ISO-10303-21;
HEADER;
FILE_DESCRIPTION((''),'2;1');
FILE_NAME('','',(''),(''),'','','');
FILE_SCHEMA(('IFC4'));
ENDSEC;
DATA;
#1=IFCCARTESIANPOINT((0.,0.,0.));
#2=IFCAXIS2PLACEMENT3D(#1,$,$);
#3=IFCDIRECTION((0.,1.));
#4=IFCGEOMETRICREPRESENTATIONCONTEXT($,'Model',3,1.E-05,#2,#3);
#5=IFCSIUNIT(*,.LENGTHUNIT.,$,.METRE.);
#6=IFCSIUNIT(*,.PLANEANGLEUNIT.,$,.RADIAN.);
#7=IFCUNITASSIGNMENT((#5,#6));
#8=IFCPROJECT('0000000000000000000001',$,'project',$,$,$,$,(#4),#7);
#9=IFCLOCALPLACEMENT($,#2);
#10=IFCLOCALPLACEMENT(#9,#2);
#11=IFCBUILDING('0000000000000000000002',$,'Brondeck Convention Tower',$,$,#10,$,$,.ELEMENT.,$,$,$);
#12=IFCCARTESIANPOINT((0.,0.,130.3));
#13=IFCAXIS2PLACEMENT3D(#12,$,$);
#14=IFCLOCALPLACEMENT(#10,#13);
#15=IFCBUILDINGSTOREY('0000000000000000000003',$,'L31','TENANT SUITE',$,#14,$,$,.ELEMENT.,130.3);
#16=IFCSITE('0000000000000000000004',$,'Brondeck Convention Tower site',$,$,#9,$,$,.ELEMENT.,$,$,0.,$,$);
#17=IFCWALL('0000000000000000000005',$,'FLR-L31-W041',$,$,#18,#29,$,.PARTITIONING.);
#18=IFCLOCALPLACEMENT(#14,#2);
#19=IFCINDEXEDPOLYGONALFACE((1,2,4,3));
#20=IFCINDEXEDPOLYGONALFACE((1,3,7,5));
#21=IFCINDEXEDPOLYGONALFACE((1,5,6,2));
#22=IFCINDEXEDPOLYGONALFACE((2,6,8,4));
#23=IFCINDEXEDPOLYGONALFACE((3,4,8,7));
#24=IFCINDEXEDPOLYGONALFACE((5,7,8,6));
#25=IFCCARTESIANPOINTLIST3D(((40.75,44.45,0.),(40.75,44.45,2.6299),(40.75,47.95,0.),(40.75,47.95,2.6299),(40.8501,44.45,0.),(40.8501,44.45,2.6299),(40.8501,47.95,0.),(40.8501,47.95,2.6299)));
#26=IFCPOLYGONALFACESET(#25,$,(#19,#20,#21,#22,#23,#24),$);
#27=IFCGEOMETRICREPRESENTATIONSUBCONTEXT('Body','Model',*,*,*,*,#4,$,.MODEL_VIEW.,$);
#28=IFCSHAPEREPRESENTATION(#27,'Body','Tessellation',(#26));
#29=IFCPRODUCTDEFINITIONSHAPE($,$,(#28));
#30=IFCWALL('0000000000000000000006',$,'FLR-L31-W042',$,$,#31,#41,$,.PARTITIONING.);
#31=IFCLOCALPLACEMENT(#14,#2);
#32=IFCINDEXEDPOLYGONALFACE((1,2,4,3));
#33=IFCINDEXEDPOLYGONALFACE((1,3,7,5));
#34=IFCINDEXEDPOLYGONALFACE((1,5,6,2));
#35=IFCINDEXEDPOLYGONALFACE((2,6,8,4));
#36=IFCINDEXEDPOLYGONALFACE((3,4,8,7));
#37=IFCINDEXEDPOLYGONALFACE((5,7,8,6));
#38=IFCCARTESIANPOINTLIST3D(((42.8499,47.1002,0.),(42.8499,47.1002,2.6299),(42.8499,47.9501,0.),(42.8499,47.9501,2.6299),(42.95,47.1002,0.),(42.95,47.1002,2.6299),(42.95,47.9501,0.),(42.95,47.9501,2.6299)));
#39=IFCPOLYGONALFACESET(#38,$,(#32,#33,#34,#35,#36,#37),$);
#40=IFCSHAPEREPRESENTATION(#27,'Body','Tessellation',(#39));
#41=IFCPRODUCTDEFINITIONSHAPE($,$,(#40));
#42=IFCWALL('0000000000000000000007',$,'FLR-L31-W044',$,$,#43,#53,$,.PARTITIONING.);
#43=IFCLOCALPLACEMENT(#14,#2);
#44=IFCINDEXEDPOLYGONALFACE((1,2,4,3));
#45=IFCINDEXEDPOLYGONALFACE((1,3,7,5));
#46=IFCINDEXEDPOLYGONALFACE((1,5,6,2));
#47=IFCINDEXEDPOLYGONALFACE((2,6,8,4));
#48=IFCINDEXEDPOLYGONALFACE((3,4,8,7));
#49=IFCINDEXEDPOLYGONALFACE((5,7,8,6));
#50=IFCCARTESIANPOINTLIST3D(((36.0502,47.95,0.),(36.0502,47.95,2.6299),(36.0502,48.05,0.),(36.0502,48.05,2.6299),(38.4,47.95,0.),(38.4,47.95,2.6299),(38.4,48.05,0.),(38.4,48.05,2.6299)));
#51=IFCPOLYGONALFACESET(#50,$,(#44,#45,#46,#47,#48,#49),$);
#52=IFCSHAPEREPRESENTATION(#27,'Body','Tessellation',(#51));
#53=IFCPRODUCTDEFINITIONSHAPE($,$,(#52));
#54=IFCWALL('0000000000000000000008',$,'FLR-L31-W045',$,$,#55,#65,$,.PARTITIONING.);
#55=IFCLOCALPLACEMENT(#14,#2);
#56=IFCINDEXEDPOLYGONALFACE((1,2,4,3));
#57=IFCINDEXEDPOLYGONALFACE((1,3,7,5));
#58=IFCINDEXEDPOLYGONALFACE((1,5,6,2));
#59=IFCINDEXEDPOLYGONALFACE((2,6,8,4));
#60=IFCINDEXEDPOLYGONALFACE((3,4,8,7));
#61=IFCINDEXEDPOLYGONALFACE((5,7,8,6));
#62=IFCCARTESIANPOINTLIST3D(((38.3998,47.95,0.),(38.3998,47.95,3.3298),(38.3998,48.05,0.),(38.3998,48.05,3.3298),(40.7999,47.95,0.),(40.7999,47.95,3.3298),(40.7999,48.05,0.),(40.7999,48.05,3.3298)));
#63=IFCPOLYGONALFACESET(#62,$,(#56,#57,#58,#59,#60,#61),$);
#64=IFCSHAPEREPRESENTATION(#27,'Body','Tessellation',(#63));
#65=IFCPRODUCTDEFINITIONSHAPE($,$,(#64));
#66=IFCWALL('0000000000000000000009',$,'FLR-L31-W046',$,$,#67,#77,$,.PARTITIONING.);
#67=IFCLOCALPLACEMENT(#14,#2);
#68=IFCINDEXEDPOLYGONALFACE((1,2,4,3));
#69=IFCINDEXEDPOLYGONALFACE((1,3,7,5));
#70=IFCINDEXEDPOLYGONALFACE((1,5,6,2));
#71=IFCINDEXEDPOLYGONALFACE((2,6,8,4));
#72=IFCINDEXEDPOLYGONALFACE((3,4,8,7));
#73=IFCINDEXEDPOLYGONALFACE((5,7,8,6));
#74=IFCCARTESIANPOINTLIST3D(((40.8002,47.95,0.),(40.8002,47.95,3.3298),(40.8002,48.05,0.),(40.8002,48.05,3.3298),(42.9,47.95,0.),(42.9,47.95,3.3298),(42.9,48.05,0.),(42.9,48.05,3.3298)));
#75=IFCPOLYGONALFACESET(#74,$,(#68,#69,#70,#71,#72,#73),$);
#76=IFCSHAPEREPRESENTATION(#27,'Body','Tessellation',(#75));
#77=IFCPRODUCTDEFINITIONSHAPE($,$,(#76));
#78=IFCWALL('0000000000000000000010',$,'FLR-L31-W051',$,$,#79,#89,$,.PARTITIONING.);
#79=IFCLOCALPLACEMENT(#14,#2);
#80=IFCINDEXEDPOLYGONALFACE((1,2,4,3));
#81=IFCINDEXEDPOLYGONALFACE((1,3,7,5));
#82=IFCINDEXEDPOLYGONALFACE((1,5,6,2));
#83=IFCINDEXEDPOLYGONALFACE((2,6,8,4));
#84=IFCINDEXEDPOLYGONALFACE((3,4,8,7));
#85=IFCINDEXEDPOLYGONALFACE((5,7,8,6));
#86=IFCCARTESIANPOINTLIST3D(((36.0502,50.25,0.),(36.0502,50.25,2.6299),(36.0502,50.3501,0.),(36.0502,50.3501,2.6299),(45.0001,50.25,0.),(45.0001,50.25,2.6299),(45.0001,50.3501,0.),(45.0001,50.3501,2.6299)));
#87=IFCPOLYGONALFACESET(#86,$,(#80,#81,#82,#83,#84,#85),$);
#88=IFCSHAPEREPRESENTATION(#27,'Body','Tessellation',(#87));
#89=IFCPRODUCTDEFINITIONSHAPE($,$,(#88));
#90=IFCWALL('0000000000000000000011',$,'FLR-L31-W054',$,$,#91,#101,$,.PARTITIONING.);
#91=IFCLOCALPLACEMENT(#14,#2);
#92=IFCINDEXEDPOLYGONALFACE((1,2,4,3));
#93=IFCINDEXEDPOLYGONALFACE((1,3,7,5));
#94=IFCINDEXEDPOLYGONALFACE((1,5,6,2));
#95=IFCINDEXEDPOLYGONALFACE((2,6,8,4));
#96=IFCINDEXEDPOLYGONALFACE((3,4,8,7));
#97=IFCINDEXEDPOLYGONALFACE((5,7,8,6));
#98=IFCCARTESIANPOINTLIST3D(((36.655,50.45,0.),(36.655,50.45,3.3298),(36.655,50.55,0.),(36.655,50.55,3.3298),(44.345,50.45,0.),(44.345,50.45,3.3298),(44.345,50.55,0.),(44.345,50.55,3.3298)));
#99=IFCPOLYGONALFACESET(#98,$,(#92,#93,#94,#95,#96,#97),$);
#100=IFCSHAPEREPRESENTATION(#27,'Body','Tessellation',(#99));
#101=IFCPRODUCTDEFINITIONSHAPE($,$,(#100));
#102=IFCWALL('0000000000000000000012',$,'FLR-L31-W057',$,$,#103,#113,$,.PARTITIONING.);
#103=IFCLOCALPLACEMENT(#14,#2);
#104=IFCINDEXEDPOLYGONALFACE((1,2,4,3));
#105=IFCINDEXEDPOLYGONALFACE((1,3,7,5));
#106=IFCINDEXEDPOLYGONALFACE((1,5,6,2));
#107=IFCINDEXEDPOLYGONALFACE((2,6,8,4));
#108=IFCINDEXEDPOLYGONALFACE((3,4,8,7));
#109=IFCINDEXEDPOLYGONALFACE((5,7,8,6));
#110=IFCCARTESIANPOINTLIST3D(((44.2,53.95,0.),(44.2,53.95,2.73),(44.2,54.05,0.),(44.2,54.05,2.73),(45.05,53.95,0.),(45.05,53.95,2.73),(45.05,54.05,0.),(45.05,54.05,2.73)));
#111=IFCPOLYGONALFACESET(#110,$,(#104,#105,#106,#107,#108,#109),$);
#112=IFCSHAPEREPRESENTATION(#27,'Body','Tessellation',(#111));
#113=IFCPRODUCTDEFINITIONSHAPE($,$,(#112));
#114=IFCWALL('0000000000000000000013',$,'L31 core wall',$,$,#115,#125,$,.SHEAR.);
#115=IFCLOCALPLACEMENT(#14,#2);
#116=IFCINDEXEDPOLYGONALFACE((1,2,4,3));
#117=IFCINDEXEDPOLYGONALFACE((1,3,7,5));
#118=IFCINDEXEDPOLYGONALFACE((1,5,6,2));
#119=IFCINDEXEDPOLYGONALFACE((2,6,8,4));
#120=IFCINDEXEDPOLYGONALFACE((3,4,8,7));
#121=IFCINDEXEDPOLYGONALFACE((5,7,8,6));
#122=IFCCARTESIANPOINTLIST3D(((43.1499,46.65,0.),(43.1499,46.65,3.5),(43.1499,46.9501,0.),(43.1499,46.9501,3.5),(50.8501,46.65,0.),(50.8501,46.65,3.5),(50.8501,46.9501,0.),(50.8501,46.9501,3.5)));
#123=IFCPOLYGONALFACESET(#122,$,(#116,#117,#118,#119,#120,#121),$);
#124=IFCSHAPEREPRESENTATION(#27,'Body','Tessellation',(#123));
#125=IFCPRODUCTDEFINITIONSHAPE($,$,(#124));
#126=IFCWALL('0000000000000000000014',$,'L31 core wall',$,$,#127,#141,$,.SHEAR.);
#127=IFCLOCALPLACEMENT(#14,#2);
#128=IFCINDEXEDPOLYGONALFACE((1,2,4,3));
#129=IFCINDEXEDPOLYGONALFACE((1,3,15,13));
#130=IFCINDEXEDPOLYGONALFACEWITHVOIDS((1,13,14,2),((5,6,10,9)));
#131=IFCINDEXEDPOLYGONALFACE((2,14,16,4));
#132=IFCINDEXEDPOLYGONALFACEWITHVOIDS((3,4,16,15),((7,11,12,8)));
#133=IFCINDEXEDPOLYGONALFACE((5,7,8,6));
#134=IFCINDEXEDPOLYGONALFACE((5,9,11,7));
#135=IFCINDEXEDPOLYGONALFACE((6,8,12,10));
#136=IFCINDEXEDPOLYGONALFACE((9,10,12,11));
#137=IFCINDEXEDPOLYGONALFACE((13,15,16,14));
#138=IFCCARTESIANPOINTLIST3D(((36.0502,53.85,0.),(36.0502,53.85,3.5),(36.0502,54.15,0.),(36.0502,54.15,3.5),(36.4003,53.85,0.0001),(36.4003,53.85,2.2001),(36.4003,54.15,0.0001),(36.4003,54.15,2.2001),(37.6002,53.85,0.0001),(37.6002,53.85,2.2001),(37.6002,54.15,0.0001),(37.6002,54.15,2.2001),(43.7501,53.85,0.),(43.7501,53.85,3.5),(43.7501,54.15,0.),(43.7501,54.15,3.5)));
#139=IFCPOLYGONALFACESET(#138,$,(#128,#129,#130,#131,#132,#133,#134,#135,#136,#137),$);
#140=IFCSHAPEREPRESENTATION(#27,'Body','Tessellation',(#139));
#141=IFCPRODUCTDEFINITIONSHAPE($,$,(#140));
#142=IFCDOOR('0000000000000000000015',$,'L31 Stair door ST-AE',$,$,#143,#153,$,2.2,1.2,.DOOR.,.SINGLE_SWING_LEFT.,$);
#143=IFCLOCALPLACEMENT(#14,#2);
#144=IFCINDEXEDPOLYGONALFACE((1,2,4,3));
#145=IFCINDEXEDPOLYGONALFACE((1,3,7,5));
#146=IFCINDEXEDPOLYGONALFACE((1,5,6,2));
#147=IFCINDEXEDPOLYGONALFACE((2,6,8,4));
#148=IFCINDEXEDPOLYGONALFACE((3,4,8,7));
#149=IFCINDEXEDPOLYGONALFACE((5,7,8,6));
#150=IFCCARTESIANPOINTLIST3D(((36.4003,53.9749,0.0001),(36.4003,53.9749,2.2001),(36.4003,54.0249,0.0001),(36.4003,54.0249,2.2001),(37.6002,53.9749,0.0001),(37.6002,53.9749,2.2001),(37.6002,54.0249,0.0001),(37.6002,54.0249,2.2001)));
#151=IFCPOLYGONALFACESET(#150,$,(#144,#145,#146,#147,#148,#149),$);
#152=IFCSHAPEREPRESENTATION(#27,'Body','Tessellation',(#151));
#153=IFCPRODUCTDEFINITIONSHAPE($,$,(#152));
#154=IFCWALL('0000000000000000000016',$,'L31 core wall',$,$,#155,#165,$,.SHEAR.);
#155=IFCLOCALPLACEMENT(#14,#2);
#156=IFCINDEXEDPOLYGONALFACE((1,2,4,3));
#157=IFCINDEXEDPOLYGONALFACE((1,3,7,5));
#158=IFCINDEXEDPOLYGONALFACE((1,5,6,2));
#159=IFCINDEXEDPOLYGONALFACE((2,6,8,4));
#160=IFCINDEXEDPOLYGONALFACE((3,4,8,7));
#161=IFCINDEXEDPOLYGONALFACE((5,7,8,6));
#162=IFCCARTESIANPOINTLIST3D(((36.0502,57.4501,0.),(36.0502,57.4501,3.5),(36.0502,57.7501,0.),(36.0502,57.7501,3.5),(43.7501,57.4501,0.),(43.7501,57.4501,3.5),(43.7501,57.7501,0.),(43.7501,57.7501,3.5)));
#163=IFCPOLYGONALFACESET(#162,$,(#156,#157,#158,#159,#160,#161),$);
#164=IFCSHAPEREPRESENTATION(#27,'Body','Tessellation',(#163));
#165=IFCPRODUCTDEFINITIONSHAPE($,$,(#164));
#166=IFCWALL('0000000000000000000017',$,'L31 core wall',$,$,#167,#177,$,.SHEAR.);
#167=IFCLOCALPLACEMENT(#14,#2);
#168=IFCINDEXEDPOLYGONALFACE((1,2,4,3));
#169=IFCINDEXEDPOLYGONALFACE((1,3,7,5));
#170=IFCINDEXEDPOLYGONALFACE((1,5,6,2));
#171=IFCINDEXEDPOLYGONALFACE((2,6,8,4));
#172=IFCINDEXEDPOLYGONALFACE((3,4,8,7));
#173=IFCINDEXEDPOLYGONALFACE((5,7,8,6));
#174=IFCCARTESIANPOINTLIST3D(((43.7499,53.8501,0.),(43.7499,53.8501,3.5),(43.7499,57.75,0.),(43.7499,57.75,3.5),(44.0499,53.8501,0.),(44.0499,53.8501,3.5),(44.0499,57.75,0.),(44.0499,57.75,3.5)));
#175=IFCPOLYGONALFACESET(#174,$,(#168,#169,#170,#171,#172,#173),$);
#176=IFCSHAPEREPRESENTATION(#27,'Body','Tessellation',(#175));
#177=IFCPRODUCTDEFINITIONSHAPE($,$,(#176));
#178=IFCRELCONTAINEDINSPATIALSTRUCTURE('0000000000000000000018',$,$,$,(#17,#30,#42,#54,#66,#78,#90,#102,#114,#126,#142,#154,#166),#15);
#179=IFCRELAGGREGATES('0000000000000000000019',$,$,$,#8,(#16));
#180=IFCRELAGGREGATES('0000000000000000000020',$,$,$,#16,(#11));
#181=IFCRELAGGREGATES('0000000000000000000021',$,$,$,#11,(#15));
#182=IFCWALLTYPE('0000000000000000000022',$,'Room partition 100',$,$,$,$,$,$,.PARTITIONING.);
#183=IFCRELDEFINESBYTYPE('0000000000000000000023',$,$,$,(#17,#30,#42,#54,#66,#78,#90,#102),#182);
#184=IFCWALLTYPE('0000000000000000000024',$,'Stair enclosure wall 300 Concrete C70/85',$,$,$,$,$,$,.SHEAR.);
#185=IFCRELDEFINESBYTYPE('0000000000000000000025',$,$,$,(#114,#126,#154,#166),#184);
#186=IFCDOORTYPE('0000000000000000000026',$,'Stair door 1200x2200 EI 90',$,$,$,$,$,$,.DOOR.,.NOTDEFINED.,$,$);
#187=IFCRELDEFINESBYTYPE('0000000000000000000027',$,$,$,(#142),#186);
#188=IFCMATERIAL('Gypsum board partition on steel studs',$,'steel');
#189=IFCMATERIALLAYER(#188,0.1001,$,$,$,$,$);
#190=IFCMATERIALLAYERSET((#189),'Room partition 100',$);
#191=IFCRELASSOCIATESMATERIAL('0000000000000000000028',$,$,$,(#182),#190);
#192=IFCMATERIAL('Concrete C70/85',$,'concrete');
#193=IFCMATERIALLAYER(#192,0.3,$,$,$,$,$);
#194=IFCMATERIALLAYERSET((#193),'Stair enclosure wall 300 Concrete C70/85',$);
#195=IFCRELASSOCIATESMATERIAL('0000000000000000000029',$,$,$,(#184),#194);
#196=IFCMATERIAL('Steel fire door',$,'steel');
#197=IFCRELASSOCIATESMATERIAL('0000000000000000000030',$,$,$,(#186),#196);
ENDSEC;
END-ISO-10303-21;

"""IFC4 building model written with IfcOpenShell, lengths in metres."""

from ifc_helpers import new_model, si_unit, direction, frame, frame_2d, origin, place, context, subcontext, project, spatial, rectangle, extrude, material, layer, layer_set, type_object, element, fill, save


model = new_model("IFC4")

# Units and contexts
model_context = context("Model", 3, precision=1e-05, world=origin(), true_north=direction((0.0, 1.0)))
body_context = subcontext(model_context, "Body", "Model", "MODEL_VIEW")
ifc_project = project(units=[si_unit("LENGTHUNIT", "METRE"), si_unit("PLANEANGLEUNIT", "RADIAN")], contexts=[model_context])

# Site, building, storey
site_placement = place(None, origin())
site = spatial("IfcSite", under=ifc_project, at=site_placement, Name="Brondeck Convention Tower site", CompositionType="ELEMENT", RefElevation=0.0)
building_placement = place(site_placement, origin())
building = spatial("IfcBuilding", under=site, at=building_placement, Name="Brondeck Convention Tower", CompositionType="ELEMENT")
storey_placement = place(building_placement, frame((0.0, 0.0, 130.3)))
storey = spatial("IfcBuildingStorey", under=building, at=storey_placement, Name="L31", Description="TENANT SUITE", CompositionType="ELEMENT", Elevation=130.3)

# Shared definitions
ifc_material_1 = material(Name="Concrete C70/85", Category="concrete")

# Shared definitions
ifc_material_2 = material(Name="Gypsum board partition on steel studs", Category="steel")
ifc_layer_1 = layer(ifc_material_2, 0.1001)
ifc_layer_set_1 = layer_set([ifc_layer_1], Name="Room partition 100")
wall_type_1 = type_object("IfcWallType", Name="Room partition 100", PredefinedType="PARTITIONING", material=ifc_layer_set_1)

# Walls
for number, where, z_axis, x_axis, name in (
    (1, (40.8, 47.95, 0.0), (0.0, 0.0, 1.0), (0.0, -1.0, 0.0), "FLR-L31-W041"),
):
    element("IfcWall", number, at=place(storey_placement, frame(where, z_axis=z_axis, x_axis=x_axis)), inside=storey, type_object=wall_type_1, Name=name, PredefinedType="PARTITIONING", context=body_context, shape_type="SweptSolid", body=[
        extrude(rectangle(XDim=3.5, YDim=0.1001, at=frame_2d((1.75, 0.0))), origin(), (0.0, 0.0, 1.0), 2.6299),
    ])
wall_1_placement = place(storey_placement, frame((42.8999, 47.95, 0.0), z_axis=(0.0, 0.0, 1.0), x_axis=(0.0, -1.0, 0.0)))
element("IfcWall", 2, at=wall_1_placement, inside=storey, type_object=wall_type_1, Name="FLR-L31-W042", PredefinedType="PARTITIONING", context=body_context, shape_type="SweptSolid", body=[
    extrude(rectangle(XDim=0.8499, YDim=0.1001, at=frame_2d((0.4248, 0.0))), origin(), (0.0, 0.0, 1.0), 2.6299),
])
wall_2_placement = place(storey_placement, frame((38.3999, 48.0, 0.0), z_axis=(0.0, 0.0, 1.0), x_axis=(-1.0, 0.0, 0.0)))
element("IfcWall", 3, at=wall_2_placement, inside=storey, type_object=wall_type_1, Name="FLR-L31-W044", PredefinedType="PARTITIONING", context=body_context, shape_type="SweptSolid", body=[
    extrude(rectangle(XDim=2.3499, YDim=0.1001, at=frame_2d((1.1748, 0.0))), origin(), (0.0, 0.0, 1.0), 2.6299),
])
wall_3_placement = place(storey_placement, frame((40.8, 48.0, 0.0), z_axis=(0.0, 0.0, 1.0), x_axis=(-1.0, 0.0, 0.0)))
element("IfcWall", 4, at=wall_3_placement, inside=storey, type_object=wall_type_1, Name="FLR-L31-W045", PredefinedType="PARTITIONING", context=body_context, shape_type="SweptSolid", body=[
    extrude(rectangle(XDim=2.4001, YDim=0.1001, at=frame_2d((1.2002, 0.0))), origin(), (0.0, 0.0, 1.0), 3.3298),
])
wall_4_placement = place(storey_placement, frame((42.8999, 48.0, 0.0), z_axis=(0.0, 0.0, 1.0), x_axis=(-1.0, 0.0, 0.0)))
element("IfcWall", 5, at=wall_4_placement, inside=storey, type_object=wall_type_1, Name="FLR-L31-W046", PredefinedType="PARTITIONING", context=body_context, shape_type="SweptSolid", body=[
    extrude(rectangle(XDim=2.0999, YDim=0.1001, at=frame_2d((1.0498, 0.0))), origin(), (0.0, 0.0, 1.0), 3.3298),
])
wall_5_placement = place(storey_placement, frame((36.05, 50.3, 0.0), z_axis=(0.0, 0.0, 1.0), x_axis=(1.0, 0.0, 0.0)))
element("IfcWall", 6, at=wall_5_placement, inside=storey, type_object=wall_type_1, Name="FLR-L31-W051", PredefinedType="PARTITIONING", context=body_context, shape_type="SweptSolid", body=[
    extrude(rectangle(XDim=8.95, YDim=0.1001, at=frame_2d((4.4751, 0.0))), origin(), (0.0, 0.0, 1.0), 2.6299),
])
wall_6_placement = place(storey_placement, frame((44.345, 50.5, 0.0), z_axis=(0.0, 0.0, 1.0), x_axis=(-1.0, 0.0, 0.0)))
element("IfcWall", 7, at=wall_6_placement, inside=storey, type_object=wall_type_1, Name="FLR-L31-W054", PredefinedType="PARTITIONING", context=body_context, shape_type="SweptSolid", body=[
    extrude(rectangle(XDim=7.6899, YDim=0.1001, at=frame_2d((3.845, 0.0))), origin(), (0.0, 0.0, 1.0), 3.3298),
])
wall_7_placement = place(storey_placement, frame((44.2, 54.0, 0.0), z_axis=(0.0, 0.0, 1.0), x_axis=(1.0, 0.0, 0.0)))
element("IfcWall", 8, at=wall_7_placement, inside=storey, type_object=wall_type_1, Name="FLR-L31-W057", PredefinedType="PARTITIONING", context=body_context, shape_type="SweptSolid", body=[
    extrude(rectangle(XDim=0.8501, YDim=0.1001, at=frame_2d((0.425, 0.0))), origin(), (0.0, 0.0, 1.0), 2.73),
])
ifc_layer_2 = layer(ifc_material_1, 0.3)
ifc_layer_set_2 = layer_set([ifc_layer_2], Name="Stair enclosure wall 300 Concrete C70/85")
wall_type_2 = type_object("IfcWallType", Name="Stair enclosure wall 300 Concrete C70/85", PredefinedType="SHEAR", material=ifc_layer_set_2)
wall_8_placement = place(storey_placement, frame((43.1499, 46.8, 0.0), z_axis=(0.0, 0.0, 1.0), x_axis=(1.0, 0.0, 0.0)))
element("IfcWall", 9, at=wall_8_placement, inside=storey, type_object=wall_type_2, Name="L31 core wall", PredefinedType="SHEAR", context=body_context, shape_type="SweptSolid", body=[
    extrude(rectangle(XDim=7.7002, YDim=0.3, at=frame_2d((3.8501, 0.0))), origin(), (0.0, 0.0, 1.0), 3.5),
])

# Wall, opening, door
wall_9_placement = place(storey_placement, frame((36.05, 54.0, 0.0), z_axis=(0.0, 0.0, 1.0), x_axis=(1.0, 0.0, 0.0)))
wall_9 = element("IfcWall", 10, at=wall_9_placement, inside=storey, type_object=wall_type_2, Name="L31 core wall", PredefinedType="SHEAR", context=body_context, shape_type="SweptSolid", body=[
    extrude(rectangle(XDim=7.7, YDim=0.3, at=frame_2d((3.8501, 0.0))), origin(), (0.0, 0.0, 1.0), 3.5),
])
opening_1_placement = place(wall_9_placement, frame((0.3501, 0.0, 0.0)))
opening_1 = element("IfcOpeningElement", 11, at=opening_1_placement, cuts=wall_9, PredefinedType="OPENING", context=body_context, shape_type="SweptSolid", body=[
    extrude(rectangle(XDim=1.2, YDim=2.2, at=frame_2d((0.6001, 1.1001))), frame((0.0, 0.1599, 0.0), z_axis=(0.0, -1.0, 0.0), x_axis=(1.0, 0.0, 0.0)), (0.0, 0.0, 1.0), 0.3201),
])
ifc_material_3 = material(Name="Steel fire door", Category="steel")
door_type_1 = type_object("IfcDoorType", Name="Stair door 1200x2200 EI 90", OperationType="NOTDEFINED", PredefinedType="DOOR", material=ifc_material_3)
door_1_placement = place(opening_1_placement, origin())
door_1 = element("IfcDoor", 12, at=door_1_placement, inside=storey, type_object=door_type_1, Name="L31 Stair door ST-AE", OperationType="SINGLE_SWING_LEFT", OverallHeight=2.2, OverallWidth=1.2, PredefinedType="DOOR", context=body_context, shape_type="SweptSolid", body=[
    extrude(rectangle(XDim=1.2, YDim=2.2, at=frame_2d((0.6001, 1.1001))), frame((0.0, 0.0249, 0.0), z_axis=(0.0, -1.0, 0.0), x_axis=(1.0, 0.0, 0.0)), (0.0, 0.0, 1.0), 0.05),
])
fill(opening_1, door_1)

# Walls
wall_10_placement = place(storey_placement, frame((36.05, 57.6001, 0.0), z_axis=(0.0, 0.0, 1.0), x_axis=(1.0, 0.0, 0.0)))
element("IfcWall", 13, at=wall_10_placement, inside=storey, type_object=wall_type_2, Name="L31 core wall", PredefinedType="SHEAR", context=body_context, shape_type="SweptSolid", body=[
    extrude(rectangle(XDim=7.7, YDim=0.3, at=frame_2d((3.8501, 0.0))), origin(), (0.0, 0.0, 1.0), 3.5),
])
wall_11_placement = place(storey_placement, frame((43.8999, 53.8501, 0.0), z_axis=(0.0, 0.0, 1.0), x_axis=(0.0, 1.0, 0.0)))
element("IfcWall", 14, at=wall_11_placement, inside=storey, type_object=wall_type_2, Name="L31 core wall", PredefinedType="SHEAR", context=body_context, shape_type="SweptSolid", body=[
    extrude(rectangle(XDim=3.8999, YDim=0.3, at=frame_2d((1.95, 0.0))), origin(), (0.0, 0.0, 1.0), 3.5),
])

save(model, "model.ifc")
